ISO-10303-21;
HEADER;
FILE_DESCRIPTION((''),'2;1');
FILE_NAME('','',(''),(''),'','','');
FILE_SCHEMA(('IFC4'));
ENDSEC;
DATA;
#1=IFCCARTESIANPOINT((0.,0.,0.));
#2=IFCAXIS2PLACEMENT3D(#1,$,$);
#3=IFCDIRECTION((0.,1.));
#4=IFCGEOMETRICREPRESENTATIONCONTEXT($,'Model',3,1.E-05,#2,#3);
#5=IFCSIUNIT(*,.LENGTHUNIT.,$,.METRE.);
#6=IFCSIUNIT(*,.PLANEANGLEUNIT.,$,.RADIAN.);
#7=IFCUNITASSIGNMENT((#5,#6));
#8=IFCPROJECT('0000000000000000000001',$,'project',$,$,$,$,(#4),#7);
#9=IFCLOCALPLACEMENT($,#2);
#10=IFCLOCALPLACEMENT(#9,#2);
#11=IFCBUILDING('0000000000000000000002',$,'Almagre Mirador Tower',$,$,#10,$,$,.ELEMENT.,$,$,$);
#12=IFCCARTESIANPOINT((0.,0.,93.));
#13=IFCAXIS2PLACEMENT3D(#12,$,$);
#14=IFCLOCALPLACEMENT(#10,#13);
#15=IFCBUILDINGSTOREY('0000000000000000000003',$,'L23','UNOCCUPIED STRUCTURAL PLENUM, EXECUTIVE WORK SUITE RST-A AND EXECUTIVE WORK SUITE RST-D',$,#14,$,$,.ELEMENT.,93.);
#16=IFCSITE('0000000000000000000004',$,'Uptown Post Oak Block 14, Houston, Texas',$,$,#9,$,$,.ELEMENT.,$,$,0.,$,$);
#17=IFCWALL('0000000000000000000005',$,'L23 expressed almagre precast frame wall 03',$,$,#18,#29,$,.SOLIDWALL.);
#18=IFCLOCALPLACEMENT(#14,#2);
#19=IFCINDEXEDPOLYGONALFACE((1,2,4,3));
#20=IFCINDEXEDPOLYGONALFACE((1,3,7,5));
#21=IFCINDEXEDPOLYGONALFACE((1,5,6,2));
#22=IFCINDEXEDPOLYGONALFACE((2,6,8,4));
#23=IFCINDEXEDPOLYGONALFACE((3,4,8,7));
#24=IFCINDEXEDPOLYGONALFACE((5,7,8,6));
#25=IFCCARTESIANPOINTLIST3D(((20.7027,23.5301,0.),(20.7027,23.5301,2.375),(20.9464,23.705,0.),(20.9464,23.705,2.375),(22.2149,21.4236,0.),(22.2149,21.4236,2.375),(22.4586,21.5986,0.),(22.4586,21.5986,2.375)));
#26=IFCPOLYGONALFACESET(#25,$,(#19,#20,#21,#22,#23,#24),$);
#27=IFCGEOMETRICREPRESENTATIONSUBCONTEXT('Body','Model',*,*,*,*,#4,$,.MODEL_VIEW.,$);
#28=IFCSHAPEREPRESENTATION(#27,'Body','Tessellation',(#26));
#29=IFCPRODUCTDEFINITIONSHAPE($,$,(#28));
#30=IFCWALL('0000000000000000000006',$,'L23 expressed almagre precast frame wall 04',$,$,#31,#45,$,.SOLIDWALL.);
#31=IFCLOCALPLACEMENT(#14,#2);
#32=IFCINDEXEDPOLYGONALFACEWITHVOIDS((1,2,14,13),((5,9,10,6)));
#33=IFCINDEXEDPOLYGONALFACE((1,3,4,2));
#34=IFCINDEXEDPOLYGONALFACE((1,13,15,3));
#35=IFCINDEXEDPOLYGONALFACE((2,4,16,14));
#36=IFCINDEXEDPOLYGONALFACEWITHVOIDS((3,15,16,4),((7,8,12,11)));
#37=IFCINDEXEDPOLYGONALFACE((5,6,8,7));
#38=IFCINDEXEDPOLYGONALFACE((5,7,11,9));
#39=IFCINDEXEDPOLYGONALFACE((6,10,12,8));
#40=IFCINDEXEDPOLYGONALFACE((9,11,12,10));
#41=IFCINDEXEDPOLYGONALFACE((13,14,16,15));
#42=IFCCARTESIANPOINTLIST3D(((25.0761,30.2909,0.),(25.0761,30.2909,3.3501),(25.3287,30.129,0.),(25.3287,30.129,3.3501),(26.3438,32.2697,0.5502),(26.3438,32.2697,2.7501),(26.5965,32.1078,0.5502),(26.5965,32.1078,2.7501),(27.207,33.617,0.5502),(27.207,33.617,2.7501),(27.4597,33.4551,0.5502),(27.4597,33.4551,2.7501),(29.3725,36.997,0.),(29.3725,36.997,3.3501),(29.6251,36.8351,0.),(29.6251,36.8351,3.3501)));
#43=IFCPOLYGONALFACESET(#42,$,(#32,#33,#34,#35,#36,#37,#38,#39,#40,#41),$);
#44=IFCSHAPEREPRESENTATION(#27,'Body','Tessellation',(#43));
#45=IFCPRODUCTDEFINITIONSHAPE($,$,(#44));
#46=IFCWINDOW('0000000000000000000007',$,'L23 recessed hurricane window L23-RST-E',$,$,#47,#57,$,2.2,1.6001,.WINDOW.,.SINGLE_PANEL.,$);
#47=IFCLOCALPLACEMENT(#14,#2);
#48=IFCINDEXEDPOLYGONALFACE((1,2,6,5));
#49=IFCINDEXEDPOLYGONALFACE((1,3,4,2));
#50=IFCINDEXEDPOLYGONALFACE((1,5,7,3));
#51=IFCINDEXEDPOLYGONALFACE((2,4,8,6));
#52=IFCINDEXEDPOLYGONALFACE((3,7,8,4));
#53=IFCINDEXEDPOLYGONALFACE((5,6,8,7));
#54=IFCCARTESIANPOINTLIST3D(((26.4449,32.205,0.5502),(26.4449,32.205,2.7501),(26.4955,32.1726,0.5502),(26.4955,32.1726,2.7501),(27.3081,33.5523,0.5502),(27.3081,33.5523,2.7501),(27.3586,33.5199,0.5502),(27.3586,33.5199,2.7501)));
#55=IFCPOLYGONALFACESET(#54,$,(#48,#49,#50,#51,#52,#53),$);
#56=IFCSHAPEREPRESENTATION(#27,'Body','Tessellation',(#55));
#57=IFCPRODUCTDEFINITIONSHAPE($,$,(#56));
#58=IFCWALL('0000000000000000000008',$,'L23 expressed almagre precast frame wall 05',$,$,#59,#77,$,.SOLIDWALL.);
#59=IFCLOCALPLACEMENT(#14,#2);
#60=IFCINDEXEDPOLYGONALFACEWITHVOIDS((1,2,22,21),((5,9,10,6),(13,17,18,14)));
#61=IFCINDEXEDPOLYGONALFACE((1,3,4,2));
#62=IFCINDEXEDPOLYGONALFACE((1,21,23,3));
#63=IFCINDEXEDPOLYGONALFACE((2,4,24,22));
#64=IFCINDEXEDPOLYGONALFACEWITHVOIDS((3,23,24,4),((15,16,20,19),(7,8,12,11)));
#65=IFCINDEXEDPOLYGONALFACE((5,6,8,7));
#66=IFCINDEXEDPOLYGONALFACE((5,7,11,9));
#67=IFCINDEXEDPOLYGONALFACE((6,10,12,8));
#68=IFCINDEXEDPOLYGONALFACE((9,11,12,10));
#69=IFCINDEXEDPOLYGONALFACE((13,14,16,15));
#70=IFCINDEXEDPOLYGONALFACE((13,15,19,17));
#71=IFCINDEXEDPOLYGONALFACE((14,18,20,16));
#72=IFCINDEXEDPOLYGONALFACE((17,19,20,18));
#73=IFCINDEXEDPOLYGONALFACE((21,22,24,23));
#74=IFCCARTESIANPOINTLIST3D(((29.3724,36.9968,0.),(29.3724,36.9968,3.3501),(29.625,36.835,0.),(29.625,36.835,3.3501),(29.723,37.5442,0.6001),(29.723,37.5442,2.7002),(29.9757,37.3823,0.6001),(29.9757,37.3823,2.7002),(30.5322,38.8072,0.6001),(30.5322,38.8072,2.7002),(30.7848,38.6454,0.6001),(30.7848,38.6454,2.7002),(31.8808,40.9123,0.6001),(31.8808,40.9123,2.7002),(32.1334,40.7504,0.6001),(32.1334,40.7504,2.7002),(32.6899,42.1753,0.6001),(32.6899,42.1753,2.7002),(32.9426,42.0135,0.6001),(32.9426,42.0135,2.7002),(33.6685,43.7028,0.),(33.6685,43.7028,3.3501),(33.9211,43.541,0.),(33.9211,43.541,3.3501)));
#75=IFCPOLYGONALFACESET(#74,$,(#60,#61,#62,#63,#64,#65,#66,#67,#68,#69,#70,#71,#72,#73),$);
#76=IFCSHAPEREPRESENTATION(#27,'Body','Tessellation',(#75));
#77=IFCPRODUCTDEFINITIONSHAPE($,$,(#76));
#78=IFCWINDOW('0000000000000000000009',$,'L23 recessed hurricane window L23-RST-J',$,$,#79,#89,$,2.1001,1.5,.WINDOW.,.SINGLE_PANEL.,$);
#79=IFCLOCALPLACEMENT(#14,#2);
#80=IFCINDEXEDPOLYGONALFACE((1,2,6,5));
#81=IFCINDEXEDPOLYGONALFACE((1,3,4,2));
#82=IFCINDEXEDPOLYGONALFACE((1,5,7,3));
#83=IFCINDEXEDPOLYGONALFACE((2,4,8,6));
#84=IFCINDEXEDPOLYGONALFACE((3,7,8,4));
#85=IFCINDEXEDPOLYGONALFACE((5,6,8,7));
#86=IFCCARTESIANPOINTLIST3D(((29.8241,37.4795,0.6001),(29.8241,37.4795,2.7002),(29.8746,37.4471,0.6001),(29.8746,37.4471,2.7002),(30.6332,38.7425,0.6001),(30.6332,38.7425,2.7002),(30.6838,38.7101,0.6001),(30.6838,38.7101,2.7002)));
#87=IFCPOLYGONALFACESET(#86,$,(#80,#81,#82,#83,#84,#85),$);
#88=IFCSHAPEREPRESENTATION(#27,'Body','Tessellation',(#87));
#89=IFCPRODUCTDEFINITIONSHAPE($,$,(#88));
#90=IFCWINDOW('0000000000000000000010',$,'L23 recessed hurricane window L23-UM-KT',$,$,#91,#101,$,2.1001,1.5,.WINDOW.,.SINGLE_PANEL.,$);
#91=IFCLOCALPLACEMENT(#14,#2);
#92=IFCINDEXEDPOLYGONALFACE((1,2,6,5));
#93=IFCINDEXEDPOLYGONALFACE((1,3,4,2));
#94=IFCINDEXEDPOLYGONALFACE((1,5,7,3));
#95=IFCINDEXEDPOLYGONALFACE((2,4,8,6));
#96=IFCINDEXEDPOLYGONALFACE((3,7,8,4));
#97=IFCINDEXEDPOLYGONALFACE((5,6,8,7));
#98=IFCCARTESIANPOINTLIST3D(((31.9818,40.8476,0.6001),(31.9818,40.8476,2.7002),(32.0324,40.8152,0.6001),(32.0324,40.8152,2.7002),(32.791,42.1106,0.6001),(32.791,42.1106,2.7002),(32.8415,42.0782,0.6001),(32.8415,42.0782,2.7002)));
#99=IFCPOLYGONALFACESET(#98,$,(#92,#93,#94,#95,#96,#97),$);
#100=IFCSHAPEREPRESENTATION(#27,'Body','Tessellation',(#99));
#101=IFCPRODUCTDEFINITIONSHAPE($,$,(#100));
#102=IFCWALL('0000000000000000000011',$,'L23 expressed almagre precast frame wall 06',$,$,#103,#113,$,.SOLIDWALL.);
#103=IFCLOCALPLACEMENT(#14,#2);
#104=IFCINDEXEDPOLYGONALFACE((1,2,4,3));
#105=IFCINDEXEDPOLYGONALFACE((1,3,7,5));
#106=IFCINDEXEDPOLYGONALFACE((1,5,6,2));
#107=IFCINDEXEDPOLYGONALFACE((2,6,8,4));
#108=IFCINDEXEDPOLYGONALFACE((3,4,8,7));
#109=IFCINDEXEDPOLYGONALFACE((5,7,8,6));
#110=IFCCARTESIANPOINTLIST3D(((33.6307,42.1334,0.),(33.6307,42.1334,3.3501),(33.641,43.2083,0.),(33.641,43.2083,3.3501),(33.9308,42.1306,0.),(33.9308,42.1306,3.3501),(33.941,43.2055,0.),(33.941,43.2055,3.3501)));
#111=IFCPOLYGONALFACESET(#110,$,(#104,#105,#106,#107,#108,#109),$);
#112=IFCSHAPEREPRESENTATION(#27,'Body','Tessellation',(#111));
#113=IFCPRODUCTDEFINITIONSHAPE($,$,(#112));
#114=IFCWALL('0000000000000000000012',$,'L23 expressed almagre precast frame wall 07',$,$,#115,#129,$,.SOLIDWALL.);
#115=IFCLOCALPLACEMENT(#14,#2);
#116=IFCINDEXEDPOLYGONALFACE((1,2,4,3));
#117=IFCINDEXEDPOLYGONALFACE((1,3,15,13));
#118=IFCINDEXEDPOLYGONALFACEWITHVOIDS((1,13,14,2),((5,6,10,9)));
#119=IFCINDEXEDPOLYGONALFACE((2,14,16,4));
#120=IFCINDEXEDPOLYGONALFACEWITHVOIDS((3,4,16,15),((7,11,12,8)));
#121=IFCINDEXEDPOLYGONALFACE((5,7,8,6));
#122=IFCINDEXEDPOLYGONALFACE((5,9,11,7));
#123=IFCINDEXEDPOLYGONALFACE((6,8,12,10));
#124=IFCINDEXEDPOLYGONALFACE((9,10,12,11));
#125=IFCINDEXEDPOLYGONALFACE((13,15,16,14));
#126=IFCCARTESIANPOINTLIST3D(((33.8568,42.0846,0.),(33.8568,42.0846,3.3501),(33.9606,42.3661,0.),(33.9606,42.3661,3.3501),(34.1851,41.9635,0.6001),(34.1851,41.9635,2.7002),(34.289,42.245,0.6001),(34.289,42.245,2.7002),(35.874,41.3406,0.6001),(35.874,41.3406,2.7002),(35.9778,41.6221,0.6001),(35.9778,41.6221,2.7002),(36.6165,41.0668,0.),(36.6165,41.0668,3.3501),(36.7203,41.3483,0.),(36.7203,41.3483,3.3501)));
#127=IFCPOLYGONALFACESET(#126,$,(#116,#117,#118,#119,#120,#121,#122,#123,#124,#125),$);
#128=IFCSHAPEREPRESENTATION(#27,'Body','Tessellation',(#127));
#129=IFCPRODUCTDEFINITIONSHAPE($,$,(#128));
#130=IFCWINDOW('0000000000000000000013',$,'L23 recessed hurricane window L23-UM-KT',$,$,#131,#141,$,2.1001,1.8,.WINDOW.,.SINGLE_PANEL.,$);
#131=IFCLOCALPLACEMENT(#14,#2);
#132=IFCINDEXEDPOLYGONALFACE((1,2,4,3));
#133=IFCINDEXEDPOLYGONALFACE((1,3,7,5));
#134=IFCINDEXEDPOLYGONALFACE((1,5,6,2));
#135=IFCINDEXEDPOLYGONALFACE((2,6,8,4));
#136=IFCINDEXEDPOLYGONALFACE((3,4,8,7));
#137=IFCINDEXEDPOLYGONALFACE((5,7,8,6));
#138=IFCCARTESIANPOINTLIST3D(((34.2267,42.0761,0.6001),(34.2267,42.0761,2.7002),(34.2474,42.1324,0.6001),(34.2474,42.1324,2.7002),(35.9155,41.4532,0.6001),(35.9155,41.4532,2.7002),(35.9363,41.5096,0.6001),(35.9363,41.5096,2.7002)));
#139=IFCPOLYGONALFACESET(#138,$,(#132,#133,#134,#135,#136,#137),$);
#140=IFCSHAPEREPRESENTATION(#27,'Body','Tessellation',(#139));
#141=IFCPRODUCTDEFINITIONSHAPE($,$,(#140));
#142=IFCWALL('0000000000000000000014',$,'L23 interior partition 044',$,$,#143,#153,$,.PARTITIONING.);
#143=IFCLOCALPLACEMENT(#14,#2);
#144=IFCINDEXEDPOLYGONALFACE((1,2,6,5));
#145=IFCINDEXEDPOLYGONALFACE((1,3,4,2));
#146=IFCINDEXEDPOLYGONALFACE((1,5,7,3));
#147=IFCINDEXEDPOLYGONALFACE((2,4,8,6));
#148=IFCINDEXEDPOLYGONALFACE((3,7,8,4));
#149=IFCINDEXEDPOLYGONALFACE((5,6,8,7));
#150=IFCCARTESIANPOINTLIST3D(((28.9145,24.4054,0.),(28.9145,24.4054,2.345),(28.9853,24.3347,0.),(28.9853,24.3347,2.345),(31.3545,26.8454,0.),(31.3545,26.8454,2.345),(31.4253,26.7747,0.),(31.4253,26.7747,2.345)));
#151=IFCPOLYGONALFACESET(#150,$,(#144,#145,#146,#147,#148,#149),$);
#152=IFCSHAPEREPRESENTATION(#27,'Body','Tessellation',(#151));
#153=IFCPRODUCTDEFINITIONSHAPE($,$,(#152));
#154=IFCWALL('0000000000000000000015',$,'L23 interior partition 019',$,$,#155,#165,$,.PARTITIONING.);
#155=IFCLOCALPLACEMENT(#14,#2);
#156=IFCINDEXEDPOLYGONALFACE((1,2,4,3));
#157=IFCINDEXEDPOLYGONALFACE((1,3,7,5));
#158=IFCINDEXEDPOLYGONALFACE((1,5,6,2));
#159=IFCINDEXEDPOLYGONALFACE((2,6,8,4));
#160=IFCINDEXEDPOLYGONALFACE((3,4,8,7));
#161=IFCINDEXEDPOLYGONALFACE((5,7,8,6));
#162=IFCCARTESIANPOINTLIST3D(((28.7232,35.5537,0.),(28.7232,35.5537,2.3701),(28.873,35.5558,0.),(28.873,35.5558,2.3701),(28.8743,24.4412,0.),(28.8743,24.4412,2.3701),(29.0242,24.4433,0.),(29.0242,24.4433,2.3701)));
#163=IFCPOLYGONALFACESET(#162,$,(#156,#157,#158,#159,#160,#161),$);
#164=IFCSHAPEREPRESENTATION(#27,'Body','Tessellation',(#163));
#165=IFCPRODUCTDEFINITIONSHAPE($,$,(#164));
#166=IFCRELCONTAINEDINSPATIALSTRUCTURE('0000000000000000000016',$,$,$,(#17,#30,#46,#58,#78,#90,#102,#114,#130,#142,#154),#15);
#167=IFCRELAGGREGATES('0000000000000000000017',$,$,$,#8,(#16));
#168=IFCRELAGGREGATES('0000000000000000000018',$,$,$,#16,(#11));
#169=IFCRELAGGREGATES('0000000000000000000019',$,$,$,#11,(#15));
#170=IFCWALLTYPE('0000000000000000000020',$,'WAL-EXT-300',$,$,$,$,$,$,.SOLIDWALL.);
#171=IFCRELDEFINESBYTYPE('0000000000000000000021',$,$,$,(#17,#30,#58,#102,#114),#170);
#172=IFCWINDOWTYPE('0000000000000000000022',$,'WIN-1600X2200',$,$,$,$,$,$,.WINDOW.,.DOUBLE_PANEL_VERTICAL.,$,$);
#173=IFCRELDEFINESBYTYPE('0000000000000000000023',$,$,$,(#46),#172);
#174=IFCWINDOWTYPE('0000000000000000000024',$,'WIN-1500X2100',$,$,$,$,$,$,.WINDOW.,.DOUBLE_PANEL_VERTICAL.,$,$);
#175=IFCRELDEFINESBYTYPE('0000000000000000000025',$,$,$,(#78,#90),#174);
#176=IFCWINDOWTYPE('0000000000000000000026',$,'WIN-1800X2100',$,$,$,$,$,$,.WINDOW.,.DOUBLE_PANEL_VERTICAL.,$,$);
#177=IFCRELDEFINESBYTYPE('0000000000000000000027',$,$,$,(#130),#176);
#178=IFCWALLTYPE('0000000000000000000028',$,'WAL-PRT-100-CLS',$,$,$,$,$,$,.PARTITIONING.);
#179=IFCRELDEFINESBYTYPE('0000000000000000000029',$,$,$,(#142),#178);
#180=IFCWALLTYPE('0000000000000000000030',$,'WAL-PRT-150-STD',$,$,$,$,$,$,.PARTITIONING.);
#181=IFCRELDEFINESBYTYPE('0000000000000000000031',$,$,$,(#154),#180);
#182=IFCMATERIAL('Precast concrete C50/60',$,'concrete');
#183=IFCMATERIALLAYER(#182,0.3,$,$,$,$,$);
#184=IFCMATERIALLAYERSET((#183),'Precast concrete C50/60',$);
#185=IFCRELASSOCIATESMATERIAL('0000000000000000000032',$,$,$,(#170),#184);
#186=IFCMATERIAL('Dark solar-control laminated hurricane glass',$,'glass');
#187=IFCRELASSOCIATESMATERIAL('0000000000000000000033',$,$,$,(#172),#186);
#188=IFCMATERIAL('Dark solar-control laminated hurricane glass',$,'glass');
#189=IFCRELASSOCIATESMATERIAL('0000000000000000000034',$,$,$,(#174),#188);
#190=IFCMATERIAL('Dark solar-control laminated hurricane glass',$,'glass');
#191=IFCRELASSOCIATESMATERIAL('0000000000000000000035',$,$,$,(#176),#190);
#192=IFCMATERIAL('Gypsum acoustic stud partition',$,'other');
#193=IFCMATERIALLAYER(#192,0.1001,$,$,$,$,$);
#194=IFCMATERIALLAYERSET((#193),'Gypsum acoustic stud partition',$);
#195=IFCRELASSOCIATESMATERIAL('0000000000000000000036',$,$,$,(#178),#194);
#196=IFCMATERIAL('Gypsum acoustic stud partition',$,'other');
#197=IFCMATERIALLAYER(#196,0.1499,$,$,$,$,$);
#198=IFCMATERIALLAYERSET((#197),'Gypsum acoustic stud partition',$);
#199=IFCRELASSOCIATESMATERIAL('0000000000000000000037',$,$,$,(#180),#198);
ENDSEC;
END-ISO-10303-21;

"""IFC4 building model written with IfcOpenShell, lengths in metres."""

from ifc_helpers import new_model, si_unit, direction, frame, frame_2d, origin, place, context, subcontext, project, spatial, rectangle, extrude, material, layer, layer_set, type_object, element, fill, save


model = new_model("IFC4")

# Units and contexts
model_context = context("Model", 3, precision=1e-05, world=origin(), true_north=direction((0.0, 1.0)))
body_context = subcontext(model_context, "Body", "Model", "MODEL_VIEW")
ifc_project = project(units=[si_unit("LENGTHUNIT", "METRE"), si_unit("PLANEANGLEUNIT", "RADIAN")], contexts=[model_context])

# Site, building, storey
site_placement = place(None, origin())
site = spatial("IfcSite", under=ifc_project, at=site_placement, Name="Uptown Post Oak Block 14, Houston, Texas", CompositionType="ELEMENT", RefElevation=0.0)
building_placement = place(site_placement, origin())
building = spatial("IfcBuilding", under=site, at=building_placement, Name="Almagre Mirador Tower", CompositionType="ELEMENT")
storey_placement = place(building_placement, frame((0.0, 0.0, 93.0)))
storey = spatial("IfcBuildingStorey", under=building, at=storey_placement, Name="L23", Description="UNOCCUPIED STRUCTURAL PLENUM, EXECUTIVE WORK SUITE RST-A AND EXECUTIVE WORK SUITE RST-D", CompositionType="ELEMENT", Elevation=93.0)

# Wall
ifc_material_1 = material(Name="Precast concrete C50/60", Category="concrete")
ifc_layer_1 = layer(ifc_material_1, 0.3)
ifc_layer_set_1 = layer_set([ifc_layer_1], Name="Precast concrete C50/60")
wall_type_1 = type_object("IfcWallType", Name="WAL-EXT-300", PredefinedType="SOLIDWALL", material=ifc_layer_set_1)
wall_1_placement = place(storey_placement, frame((22.3367, 21.5112, 0.0), z_axis=(0.0, 0.0, 1.0), x_axis=(-0.583178, 0.812344, 0.0)))
element("IfcWall", 1, at=wall_1_placement, inside=storey, type_object=wall_type_1, Name="L23 expressed almagre precast frame wall 03", PredefinedType="SOLIDWALL", context=body_context, shape_type="SweptSolid", body=[
    extrude(rectangle(XDim=2.593, YDim=0.3, at=frame_2d((1.2964, 0.0))), origin(), (0.0, 0.0, 1.0), 2.375),
])

# Wall, opening, window
wall_2_placement = place(storey_placement, frame((25.2024, 30.21, 0.0), z_axis=(0.0, 0.0, 1.0), x_axis=(0.539456, 0.842014, 0.0)))
wall_2 = element("IfcWall", 2, at=wall_2_placement, inside=storey, type_object=wall_type_1, Name="L23 expressed almagre precast frame wall 04", PredefinedType="SOLIDWALL", context=body_context, shape_type="SweptSolid", body=[
    extrude(rectangle(XDim=7.9644, YDim=0.3, at=frame_2d((3.9822, 0.0))), origin(), (0.0, 0.0, 1.0), 3.3501),
])
opening_1_placement = place(wall_2_placement, frame((2.3501, 0.0, 0.55)))
opening_1 = element("IfcOpeningElement", 3, at=opening_1_placement, cuts=wall_2, PredefinedType="OPENING", context=body_context, shape_type="SweptSolid", body=[
    extrude(rectangle(XDim=1.6001, YDim=2.2, at=frame_2d((0.8, 1.1001))), frame((0.0, 0.1599, 0.0), z_axis=(0.0, -1.0, 0.0), x_axis=(1.0, 0.0, 0.0)), (0.0, 0.0, 1.0), 0.32),
])
ifc_material_2 = material(Name="Dark solar-control laminated hurricane glass", Category="glass")
window_type_1 = type_object("IfcWindowType", Name="WIN-1600X2200", PartitioningType="DOUBLE_PANEL_VERTICAL", PredefinedType="WINDOW", material=ifc_material_2)
window_1_placement = place(opening_1_placement, origin())
window_1 = element("IfcWindow", 4, at=window_1_placement, inside=storey, type_object=window_type_1, Name="L23 recessed hurricane window L23-RST-E", OverallHeight=2.2, OverallWidth=1.6001, PartitioningType="SINGLE_PANEL", PredefinedType="WINDOW", context=body_context, shape_type="SweptSolid", body=[
    extrude(rectangle(XDim=1.6001, YDim=2.2, at=frame_2d((0.8, 1.1001))), frame((0.0, 0.03, 0.0), z_axis=(0.0, -1.0, 0.0), x_axis=(1.0, 0.0, 0.0)), (0.0, 0.0, 1.0), 0.0601),
])
fill(opening_1, window_1)

# Wall, openings, windows
wall_3_placement = place(storey_placement, frame((29.4988, 36.916, 0.0), z_axis=(0.0, 0.0, 1.0), x_axis=(0.539434, 0.842028, 0.0)))
wall_3 = element("IfcWall", 5, at=wall_3_placement, inside=storey, type_object=wall_type_1, Name="L23 expressed almagre precast frame wall 05", PredefinedType="SOLIDWALL", context=body_context, shape_type="SweptSolid", body=[
    extrude(rectangle(XDim=7.9641, YDim=0.3, at=frame_2d((3.9819, 0.0))), origin(), (0.0, 0.0, 1.0), 3.3501),
])
opening_2_placement = place(wall_3_placement, frame((0.6499, 0.0, 0.6001)))
opening_2 = element("IfcOpeningElement", 6, at=opening_2_placement, cuts=wall_3, PredefinedType="OPENING", context=body_context, shape_type="SweptSolid", body=[
    extrude(rectangle(XDim=1.5, YDim=2.1001, at=frame_2d((0.75, 1.05))), frame((0.0, 0.1599, 0.0), z_axis=(0.0, -1.0, 0.0), x_axis=(1.0, 0.0, 0.0)), (0.0, 0.0, 1.0), 0.32),
])
opening_3_placement = place(wall_3_placement, frame((4.6499, 0.0, 0.6001)))
opening_3 = element("IfcOpeningElement", 7, at=opening_3_placement, cuts=wall_3, PredefinedType="OPENING", context=body_context, shape_type="SweptSolid", body=[
    extrude(rectangle(XDim=1.5, YDim=2.1001, at=frame_2d((0.75, 1.05))), frame((0.0, 0.1599, 0.0), z_axis=(0.0, -1.0, 0.0), x_axis=(1.0, 0.0, 0.0)), (0.0, 0.0, 1.0), 0.32),
])
ifc_material_3 = material(Name="Dark solar-control laminated hurricane glass", Category="glass")
window_type_2 = type_object("IfcWindowType", Name="WIN-1500X2100", PartitioningType="DOUBLE_PANEL_VERTICAL", PredefinedType="WINDOW", material=ifc_material_3)
window_2_placement = place(opening_2_placement, origin())
window_2 = element("IfcWindow", 8, at=window_2_placement, inside=storey, type_object=window_type_2, Name="L23 recessed hurricane window L23-RST-J", OverallHeight=2.1001, OverallWidth=1.5, PartitioningType="SINGLE_PANEL", PredefinedType="WINDOW", context=body_context, shape_type="SweptSolid", body=[
    extrude(rectangle(XDim=1.5, YDim=2.1001, at=frame_2d((0.75, 1.05))), frame((0.0, 0.03, 0.0), z_axis=(0.0, -1.0, 0.0), x_axis=(1.0, 0.0, 0.0)), (0.0, 0.0, 1.0), 0.0601),
])
fill(opening_2, window_2)
window_3_placement = place(opening_3_placement, origin())
window_3 = element("IfcWindow", 9, at=window_3_placement, inside=storey, type_object=window_type_2, Name="L23 recessed hurricane window L23-UM-KT", OverallHeight=2.1001, OverallWidth=1.5, PartitioningType="SINGLE_PANEL", PredefinedType="WINDOW", context=body_context, shape_type="SweptSolid", body=[
    extrude(rectangle(XDim=1.5, YDim=2.1001, at=frame_2d((0.75, 1.05))), frame((0.0, 0.03, 0.0), z_axis=(0.0, -1.0, 0.0), x_axis=(1.0, 0.0, 0.0)), (0.0, 0.0, 1.0), 0.0601),
])
fill(opening_3, window_3)

# Wall
wall_4_placement = place(storey_placement, frame((33.791, 43.207, 0.0), z_axis=(0.0, 0.0, 1.0), x_axis=(-0.009539, -0.999955, 0.0)))
element("IfcWall", 10, at=wall_4_placement, inside=storey, type_object=wall_type_1, Name="L23 expressed almagre precast frame wall 06", PredefinedType="SOLIDWALL", context=body_context, shape_type="SweptSolid", body=[
    extrude(rectangle(XDim=1.075, YDim=0.3, at=frame_2d((0.5376, 0.0))), origin(), (0.0, 0.0, 1.0), 3.3501),
])

# Wall, opening, window
wall_5_placement = place(storey_placement, frame((33.9087, 42.2253, 0.0), z_axis=(0.0, 0.0, 1.0), x_axis=(0.938225, -0.346025, 0.0)))
wall_5 = element("IfcWall", 11, at=wall_5_placement, inside=storey, type_object=wall_type_1, Name="L23 expressed almagre precast frame wall 07", PredefinedType="SOLIDWALL", context=body_context, shape_type="SweptSolid", body=[
    extrude(rectangle(XDim=2.9414, YDim=0.3, at=frame_2d((1.4707, 0.0))), origin(), (0.0, 0.0, 1.0), 3.3501),
])
opening_4_placement = place(wall_5_placement, frame((0.3501, 0.0, 0.6001)))
opening_4 = element("IfcOpeningElement", 12, at=opening_4_placement, cuts=wall_5, PredefinedType="OPENING", context=body_context, shape_type="SweptSolid", body=[
    extrude(rectangle(XDim=1.8, YDim=2.1001, at=frame_2d((0.8999, 1.05))), frame((0.0, 0.1599, 0.0), z_axis=(0.0, -1.0, 0.0), x_axis=(1.0, 0.0, 0.0)), (0.0, 0.0, 1.0), 0.32),
])
ifc_material_4 = material(Name="Dark solar-control laminated hurricane glass", Category="glass")
window_type_3 = type_object("IfcWindowType", Name="WIN-1800X2100", PartitioningType="DOUBLE_PANEL_VERTICAL", PredefinedType="WINDOW", material=ifc_material_4)
window_4_placement = place(opening_4_placement, origin())
window_4 = element("IfcWindow", 13, at=window_4_placement, inside=storey, type_object=window_type_3, Name="L23 recessed hurricane window L23-UM-KT", OverallHeight=2.1001, OverallWidth=1.8, PartitioningType="SINGLE_PANEL", PredefinedType="WINDOW", context=body_context, shape_type="SweptSolid", body=[
    extrude(rectangle(XDim=1.8, YDim=2.1001, at=frame_2d((0.8999, 1.05))), frame((0.0, 0.03, 0.0), z_axis=(0.0, -1.0, 0.0), x_axis=(1.0, 0.0, 0.0)), (0.0, 0.0, 1.0), 0.0601),
])
fill(opening_4, window_4)

# Walls
ifc_material_5 = material(Name="Gypsum acoustic stud partition", Category="other")
ifc_layer_2 = layer(ifc_material_5, 0.1001)
ifc_layer_set_2 = layer_set([ifc_layer_2], Name="Gypsum acoustic stud partition")
wall_type_2 = type_object("IfcWallType", Name="WAL-PRT-100-CLS", PredefinedType="PARTITIONING", material=ifc_layer_set_2)
wall_6_placement = place(storey_placement, frame((31.3899, 26.8101, 0.0), z_axis=(0.0, 0.0, 1.0), x_axis=(-0.707107, -0.707107, 0.0)))
element("IfcWall", 14, at=wall_6_placement, inside=storey, type_object=wall_type_2, Name="L23 interior partition 044", PredefinedType="PARTITIONING", context=body_context, shape_type="SweptSolid", body=[
    extrude(rectangle(XDim=3.4507, YDim=0.1001, at=frame_2d((1.7253, 0.0))), origin(), (0.0, 0.0, 1.0), 2.345),
])
ifc_material_6 = material(Name="Gypsum acoustic stud partition", Category="other")
ifc_layer_3 = layer(ifc_material_6, 0.1499)
ifc_layer_set_3 = layer_set([ifc_layer_3], Name="Gypsum acoustic stud partition")
wall_type_3 = type_object("IfcWallType", Name="WAL-PRT-150-STD", PredefinedType="PARTITIONING", material=ifc_layer_set_3)
wall_7_placement = place(storey_placement, frame((28.9492, 24.4424, 0.0), z_axis=(0.0, 0.0, 1.0), x_axis=(-0.013598, 0.999908, 0.0)))
element("IfcWall", 15, at=wall_7_placement, inside=storey, type_object=wall_type_3, Name="L23 interior partition 019", PredefinedType="PARTITIONING", context=body_context, shape_type="SweptSolid", body=[
    extrude(rectangle(XDim=11.1135, YDim=0.1499, at=frame_2d((5.5566, 0.0))), origin(), (0.0, 0.0, 1.0), 2.3701),
])

save(model, "model.ifc")
